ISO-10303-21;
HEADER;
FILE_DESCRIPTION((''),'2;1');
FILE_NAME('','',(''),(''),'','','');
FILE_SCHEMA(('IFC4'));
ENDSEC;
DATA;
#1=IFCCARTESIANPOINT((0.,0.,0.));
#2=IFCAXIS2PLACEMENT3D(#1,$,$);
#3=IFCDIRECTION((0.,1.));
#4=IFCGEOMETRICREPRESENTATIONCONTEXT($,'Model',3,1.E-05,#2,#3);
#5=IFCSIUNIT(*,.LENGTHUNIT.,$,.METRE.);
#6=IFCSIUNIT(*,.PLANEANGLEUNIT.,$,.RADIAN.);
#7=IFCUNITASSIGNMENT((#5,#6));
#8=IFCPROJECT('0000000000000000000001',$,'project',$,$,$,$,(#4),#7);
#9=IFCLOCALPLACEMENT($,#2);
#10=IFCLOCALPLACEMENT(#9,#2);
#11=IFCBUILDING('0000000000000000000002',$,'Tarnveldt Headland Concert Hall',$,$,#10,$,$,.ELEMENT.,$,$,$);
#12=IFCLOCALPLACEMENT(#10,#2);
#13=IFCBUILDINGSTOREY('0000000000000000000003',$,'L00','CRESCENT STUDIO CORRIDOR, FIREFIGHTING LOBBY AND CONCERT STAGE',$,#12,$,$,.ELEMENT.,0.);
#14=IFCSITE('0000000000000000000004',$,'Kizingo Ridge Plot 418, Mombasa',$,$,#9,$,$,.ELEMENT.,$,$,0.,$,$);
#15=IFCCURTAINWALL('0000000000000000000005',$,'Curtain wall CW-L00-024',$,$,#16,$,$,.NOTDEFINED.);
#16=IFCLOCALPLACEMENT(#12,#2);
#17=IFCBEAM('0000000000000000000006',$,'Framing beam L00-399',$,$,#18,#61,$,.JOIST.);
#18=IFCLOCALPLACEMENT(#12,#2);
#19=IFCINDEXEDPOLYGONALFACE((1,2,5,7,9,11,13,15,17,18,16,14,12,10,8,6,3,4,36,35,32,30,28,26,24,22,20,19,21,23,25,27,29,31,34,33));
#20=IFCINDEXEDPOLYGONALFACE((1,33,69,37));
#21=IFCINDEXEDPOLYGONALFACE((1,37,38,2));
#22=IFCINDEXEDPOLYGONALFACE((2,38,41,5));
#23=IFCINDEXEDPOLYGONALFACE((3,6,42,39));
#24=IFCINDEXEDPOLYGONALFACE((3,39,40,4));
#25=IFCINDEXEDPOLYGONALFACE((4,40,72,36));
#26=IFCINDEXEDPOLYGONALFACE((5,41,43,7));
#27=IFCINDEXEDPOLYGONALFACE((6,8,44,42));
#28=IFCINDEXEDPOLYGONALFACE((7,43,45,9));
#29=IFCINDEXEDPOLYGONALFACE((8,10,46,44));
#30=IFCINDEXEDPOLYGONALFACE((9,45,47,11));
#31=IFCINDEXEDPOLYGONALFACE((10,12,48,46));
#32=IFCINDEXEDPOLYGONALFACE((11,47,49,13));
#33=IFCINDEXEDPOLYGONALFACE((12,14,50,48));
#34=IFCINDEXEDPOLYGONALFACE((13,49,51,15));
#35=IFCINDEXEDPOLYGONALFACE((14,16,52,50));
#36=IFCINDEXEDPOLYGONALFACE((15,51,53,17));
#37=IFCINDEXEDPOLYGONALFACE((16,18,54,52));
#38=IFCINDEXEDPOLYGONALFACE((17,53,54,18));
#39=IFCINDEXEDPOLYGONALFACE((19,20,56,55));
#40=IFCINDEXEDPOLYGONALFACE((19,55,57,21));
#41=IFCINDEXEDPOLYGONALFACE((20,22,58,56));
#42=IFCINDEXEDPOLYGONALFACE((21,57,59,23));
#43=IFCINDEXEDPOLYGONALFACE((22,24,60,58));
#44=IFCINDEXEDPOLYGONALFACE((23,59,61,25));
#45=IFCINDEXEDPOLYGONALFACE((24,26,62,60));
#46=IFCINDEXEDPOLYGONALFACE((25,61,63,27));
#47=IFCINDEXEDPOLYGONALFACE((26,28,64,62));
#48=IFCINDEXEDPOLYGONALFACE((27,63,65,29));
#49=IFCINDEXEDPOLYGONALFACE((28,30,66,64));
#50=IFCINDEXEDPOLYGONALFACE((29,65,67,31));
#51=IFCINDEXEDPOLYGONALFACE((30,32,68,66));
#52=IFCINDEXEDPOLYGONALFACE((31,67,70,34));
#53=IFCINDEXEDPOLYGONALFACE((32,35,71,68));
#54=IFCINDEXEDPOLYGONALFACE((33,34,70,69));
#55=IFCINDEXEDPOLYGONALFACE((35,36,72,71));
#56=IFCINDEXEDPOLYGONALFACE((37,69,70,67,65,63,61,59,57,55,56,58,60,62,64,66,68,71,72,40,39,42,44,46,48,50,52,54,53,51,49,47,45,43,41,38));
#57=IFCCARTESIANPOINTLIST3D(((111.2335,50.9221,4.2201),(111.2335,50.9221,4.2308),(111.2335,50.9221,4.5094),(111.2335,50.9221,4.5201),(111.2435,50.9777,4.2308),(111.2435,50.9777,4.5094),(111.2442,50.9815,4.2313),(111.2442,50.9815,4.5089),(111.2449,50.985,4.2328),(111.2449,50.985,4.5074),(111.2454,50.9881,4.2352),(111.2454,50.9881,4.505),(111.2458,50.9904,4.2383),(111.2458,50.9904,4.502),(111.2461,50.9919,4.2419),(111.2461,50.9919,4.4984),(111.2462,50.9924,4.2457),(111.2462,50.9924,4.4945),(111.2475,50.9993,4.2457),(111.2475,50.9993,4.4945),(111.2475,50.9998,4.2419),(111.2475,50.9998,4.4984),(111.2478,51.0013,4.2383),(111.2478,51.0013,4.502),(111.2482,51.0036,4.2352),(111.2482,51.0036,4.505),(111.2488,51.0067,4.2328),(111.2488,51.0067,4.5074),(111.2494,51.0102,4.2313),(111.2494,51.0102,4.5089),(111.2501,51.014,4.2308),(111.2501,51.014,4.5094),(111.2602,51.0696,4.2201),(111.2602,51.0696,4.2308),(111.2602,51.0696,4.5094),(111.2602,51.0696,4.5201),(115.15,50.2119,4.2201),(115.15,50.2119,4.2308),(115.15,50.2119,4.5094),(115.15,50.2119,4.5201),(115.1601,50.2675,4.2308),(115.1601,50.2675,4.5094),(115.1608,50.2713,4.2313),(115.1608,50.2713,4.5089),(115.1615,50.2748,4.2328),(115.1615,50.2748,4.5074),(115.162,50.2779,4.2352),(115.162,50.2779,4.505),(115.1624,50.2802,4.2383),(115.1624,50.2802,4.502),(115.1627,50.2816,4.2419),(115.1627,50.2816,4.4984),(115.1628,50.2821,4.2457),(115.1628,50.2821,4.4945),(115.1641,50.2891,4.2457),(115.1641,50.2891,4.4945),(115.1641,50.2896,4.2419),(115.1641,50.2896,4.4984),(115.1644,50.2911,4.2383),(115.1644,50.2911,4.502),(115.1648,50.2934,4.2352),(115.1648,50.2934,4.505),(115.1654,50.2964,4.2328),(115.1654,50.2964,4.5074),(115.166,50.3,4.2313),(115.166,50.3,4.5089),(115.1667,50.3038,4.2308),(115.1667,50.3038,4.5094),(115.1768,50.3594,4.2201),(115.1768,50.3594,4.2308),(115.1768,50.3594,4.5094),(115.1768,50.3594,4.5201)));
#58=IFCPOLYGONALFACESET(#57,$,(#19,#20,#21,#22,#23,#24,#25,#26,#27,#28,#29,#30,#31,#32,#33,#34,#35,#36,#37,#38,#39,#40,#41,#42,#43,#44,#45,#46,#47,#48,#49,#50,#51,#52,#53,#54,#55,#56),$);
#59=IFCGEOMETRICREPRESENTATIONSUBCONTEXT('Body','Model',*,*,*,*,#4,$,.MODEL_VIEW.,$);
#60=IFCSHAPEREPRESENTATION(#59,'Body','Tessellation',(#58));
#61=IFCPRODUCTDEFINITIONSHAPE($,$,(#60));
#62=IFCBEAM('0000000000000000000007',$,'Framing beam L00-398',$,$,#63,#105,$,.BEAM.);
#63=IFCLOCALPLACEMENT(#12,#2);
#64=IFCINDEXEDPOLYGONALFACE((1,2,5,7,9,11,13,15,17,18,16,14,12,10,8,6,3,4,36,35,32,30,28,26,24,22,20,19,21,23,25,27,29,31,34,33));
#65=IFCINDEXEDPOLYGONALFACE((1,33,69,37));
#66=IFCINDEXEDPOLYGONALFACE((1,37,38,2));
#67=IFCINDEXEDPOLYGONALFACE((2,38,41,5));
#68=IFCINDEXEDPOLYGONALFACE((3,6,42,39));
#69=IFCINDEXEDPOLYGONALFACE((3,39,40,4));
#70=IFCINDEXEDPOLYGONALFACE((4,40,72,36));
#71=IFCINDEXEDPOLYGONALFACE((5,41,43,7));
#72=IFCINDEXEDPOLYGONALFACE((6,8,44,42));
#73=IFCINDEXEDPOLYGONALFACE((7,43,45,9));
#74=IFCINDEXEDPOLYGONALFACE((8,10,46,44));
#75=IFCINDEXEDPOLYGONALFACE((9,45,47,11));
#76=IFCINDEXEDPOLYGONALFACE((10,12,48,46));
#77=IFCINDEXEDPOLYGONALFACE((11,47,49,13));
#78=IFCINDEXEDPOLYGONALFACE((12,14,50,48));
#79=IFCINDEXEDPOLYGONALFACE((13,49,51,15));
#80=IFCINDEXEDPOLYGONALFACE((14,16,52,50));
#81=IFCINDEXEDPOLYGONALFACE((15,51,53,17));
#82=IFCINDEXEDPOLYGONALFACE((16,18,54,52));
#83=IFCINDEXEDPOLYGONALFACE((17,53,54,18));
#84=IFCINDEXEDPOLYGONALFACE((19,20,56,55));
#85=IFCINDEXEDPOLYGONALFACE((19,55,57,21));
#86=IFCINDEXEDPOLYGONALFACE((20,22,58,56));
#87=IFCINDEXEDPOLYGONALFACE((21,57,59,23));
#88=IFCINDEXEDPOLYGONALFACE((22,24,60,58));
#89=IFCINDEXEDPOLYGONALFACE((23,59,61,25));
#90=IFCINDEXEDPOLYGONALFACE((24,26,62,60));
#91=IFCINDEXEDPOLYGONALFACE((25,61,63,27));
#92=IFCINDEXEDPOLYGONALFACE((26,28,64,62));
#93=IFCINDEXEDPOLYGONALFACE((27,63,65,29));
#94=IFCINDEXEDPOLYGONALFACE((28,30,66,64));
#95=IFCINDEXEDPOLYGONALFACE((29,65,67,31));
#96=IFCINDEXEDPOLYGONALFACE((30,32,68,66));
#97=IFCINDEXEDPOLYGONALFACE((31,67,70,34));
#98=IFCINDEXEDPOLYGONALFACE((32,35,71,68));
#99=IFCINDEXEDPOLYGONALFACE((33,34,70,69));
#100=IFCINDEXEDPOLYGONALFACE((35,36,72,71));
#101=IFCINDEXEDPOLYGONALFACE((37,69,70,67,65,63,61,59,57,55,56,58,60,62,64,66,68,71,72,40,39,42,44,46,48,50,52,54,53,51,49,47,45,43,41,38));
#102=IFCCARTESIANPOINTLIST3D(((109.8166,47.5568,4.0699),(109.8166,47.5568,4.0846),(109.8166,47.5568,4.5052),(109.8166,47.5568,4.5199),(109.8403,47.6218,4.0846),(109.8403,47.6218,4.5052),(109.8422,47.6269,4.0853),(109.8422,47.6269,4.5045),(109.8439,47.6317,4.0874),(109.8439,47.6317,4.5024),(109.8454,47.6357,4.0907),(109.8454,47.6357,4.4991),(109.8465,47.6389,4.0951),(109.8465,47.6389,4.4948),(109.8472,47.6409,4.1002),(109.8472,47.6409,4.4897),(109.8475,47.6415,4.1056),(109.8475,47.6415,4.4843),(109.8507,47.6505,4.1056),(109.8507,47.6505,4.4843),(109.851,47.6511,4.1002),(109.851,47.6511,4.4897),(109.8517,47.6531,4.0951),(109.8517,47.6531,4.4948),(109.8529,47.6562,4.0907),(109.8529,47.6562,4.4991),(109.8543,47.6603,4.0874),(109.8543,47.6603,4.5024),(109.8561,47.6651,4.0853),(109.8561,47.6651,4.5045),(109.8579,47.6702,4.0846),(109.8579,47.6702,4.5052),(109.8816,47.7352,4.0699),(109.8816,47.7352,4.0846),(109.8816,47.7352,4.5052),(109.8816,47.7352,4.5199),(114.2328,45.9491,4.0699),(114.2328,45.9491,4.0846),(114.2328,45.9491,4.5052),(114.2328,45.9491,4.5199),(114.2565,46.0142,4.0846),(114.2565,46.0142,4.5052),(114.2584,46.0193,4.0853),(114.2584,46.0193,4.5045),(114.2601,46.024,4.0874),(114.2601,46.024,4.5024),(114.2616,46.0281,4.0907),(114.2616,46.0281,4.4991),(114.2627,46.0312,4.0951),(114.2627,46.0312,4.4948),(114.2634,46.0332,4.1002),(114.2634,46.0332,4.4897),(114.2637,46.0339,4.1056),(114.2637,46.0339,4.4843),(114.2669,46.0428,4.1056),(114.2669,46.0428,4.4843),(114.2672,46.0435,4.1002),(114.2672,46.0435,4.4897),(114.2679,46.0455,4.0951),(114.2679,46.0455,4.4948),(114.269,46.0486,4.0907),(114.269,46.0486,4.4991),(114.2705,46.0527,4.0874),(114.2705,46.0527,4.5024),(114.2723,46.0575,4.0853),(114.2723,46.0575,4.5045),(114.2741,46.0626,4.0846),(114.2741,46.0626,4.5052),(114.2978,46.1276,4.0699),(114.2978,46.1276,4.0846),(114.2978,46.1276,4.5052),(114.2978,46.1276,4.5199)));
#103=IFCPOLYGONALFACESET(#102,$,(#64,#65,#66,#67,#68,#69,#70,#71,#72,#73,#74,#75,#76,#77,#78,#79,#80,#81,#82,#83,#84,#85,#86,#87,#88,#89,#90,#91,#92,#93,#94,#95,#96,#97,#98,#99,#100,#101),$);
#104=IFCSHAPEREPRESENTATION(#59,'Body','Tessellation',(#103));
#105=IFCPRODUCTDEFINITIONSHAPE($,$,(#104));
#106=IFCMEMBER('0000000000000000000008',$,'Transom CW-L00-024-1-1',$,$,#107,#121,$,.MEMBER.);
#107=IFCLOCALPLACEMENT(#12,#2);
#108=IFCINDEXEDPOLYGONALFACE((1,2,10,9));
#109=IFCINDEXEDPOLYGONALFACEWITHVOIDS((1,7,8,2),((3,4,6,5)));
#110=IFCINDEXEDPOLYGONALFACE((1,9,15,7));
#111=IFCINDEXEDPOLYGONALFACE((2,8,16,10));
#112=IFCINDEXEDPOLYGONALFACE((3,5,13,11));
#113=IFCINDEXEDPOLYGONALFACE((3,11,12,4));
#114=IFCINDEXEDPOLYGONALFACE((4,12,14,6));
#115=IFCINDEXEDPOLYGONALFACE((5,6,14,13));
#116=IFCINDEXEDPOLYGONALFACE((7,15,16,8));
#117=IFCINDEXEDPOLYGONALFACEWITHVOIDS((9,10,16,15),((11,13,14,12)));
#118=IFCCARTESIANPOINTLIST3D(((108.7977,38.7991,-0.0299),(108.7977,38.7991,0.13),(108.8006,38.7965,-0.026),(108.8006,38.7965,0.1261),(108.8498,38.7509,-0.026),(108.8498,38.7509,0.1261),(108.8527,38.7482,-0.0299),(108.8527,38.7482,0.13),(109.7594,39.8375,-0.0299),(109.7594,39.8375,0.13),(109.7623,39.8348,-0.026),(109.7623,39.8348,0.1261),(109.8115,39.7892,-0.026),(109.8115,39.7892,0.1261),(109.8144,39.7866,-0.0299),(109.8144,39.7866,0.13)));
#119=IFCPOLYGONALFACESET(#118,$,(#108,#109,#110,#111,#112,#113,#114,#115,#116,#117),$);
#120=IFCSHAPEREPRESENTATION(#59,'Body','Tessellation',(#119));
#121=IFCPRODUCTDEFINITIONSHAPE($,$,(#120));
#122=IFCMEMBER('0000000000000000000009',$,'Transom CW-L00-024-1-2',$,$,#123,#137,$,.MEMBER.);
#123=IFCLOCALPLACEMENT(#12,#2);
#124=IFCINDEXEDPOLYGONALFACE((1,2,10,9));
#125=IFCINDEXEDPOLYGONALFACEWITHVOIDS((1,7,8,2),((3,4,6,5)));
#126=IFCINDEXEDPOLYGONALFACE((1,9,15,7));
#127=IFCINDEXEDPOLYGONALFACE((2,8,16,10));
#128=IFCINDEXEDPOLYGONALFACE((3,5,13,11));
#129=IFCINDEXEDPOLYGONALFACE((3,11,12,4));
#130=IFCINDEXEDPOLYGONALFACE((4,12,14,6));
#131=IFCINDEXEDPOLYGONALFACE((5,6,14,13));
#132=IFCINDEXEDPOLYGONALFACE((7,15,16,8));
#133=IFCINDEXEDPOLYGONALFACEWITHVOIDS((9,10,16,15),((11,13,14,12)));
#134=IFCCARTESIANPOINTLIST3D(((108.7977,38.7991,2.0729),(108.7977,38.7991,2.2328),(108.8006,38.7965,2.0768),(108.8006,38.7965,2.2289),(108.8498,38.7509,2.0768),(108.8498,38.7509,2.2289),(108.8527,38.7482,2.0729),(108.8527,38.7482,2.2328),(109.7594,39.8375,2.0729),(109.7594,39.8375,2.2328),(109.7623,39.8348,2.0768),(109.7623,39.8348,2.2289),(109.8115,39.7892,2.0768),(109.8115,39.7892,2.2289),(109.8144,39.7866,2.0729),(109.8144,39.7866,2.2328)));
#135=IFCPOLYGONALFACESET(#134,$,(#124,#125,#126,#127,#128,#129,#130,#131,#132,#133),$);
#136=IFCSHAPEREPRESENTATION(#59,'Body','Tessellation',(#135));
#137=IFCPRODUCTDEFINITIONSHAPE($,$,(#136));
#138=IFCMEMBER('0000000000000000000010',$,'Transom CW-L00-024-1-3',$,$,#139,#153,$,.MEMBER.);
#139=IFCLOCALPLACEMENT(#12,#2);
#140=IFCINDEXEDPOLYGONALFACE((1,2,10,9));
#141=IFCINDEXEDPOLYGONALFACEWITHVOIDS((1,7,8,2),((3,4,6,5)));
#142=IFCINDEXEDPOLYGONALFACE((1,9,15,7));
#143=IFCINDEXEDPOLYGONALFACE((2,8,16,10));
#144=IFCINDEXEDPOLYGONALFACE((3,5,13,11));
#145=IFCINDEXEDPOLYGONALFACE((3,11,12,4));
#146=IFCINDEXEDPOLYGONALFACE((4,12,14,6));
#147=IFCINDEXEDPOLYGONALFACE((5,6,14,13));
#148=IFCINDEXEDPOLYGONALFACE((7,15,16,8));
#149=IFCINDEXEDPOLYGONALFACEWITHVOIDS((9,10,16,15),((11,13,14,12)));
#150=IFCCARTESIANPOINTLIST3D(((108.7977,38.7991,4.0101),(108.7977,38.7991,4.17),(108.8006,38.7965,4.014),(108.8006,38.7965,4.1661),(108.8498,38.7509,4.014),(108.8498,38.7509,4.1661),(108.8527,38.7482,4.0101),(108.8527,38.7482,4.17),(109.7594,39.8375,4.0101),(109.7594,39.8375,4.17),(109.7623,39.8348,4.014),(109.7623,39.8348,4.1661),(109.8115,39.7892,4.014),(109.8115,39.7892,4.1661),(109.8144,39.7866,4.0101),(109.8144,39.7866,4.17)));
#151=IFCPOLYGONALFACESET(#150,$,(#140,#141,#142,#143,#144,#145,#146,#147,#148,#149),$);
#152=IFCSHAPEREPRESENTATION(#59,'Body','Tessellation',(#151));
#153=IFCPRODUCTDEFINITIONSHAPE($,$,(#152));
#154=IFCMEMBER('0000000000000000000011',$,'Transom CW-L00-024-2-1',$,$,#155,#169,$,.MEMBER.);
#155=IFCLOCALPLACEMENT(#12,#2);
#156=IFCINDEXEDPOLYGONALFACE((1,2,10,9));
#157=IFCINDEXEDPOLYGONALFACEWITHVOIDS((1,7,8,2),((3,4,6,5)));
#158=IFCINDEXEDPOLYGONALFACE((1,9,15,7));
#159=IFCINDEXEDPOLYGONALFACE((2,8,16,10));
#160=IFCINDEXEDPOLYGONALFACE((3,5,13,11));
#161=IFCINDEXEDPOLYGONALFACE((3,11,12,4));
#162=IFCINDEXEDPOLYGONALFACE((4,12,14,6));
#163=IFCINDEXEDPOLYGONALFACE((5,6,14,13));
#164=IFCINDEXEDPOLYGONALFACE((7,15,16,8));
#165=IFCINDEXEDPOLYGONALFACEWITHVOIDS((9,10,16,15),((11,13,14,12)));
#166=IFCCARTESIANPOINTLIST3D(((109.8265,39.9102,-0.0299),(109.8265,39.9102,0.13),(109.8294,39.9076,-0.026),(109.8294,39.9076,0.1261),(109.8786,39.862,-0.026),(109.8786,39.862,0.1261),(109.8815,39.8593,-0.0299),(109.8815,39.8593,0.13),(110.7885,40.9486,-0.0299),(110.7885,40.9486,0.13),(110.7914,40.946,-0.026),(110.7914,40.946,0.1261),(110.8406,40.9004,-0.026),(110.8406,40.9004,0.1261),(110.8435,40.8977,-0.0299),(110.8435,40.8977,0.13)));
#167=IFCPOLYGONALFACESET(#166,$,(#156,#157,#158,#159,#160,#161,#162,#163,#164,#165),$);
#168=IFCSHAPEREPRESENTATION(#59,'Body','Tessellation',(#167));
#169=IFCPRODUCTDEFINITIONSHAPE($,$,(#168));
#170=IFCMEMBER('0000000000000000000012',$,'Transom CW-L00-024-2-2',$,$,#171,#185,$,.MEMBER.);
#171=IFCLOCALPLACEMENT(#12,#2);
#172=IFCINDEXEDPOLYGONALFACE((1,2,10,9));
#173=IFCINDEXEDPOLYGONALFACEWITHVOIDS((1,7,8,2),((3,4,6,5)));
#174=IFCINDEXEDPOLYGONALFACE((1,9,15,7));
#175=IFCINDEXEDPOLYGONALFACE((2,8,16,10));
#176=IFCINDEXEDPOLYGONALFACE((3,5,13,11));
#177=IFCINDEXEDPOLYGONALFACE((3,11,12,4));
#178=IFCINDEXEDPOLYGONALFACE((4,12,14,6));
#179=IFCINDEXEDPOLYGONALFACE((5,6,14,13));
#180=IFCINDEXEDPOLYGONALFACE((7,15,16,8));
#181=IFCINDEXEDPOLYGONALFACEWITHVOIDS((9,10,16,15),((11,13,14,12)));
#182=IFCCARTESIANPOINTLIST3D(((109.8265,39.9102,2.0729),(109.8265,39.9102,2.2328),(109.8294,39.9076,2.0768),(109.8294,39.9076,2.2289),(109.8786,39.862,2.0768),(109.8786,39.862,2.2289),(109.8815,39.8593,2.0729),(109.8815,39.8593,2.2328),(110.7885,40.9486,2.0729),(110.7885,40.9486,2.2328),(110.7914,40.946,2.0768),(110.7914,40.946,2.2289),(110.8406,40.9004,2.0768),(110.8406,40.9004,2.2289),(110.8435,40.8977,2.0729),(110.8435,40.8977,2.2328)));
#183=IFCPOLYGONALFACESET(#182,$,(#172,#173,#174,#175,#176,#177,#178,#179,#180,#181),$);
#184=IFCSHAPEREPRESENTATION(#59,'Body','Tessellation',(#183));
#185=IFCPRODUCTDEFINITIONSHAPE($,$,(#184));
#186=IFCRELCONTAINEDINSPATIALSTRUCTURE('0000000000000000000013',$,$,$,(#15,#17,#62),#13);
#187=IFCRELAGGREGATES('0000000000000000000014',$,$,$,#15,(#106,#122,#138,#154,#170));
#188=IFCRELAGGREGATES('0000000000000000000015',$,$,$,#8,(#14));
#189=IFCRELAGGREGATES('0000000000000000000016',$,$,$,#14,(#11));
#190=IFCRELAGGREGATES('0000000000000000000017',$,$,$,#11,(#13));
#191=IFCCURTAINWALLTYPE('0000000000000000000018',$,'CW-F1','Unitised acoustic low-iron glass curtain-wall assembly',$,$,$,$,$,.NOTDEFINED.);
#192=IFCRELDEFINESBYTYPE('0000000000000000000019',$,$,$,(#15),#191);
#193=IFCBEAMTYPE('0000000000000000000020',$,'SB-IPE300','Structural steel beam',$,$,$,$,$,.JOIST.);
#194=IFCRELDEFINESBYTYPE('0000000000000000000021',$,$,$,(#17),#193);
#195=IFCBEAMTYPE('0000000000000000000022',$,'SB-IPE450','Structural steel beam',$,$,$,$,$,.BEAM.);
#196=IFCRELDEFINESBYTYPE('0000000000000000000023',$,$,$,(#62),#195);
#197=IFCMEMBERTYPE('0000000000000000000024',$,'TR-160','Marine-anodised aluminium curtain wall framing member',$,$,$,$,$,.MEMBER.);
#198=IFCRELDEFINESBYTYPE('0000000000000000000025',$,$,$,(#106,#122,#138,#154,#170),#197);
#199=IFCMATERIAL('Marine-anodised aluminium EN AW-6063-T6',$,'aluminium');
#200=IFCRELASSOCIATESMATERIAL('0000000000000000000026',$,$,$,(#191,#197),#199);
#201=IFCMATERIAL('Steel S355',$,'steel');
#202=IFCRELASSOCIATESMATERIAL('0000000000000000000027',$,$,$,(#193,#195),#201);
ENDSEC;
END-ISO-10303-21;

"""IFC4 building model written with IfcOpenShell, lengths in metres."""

from ifc_helpers import new_model, si_unit, direction, frame, origin, origin_2d, place, context, subcontext, project, spatial, hollow_rectangle, i_section, extrude, material, material_profile, profile_set, type_object, element, aggregate, save


model = new_model("IFC4")

# Units and contexts
model_context = context("Model", 3, precision=1e-05, world=origin(), true_north=direction((0.0, 1.0)))
body_context = subcontext(model_context, "Body", "Model", "MODEL_VIEW")
ifc_project = project(units=[si_unit("LENGTHUNIT", "METRE"), si_unit("PLANEANGLEUNIT", "RADIAN")], contexts=[model_context])

# Site, building, storey
site_placement = place(None, origin())
site = spatial("IfcSite", under=ifc_project, at=site_placement, Name="Kizingo Ridge Plot 418, Mombasa", CompositionType="ELEMENT", RefElevation=0.0)
building_placement = place(site_placement, origin())
building = spatial("IfcBuilding", under=site, at=building_placement, Name="Tarnveldt Headland Concert Hall", CompositionType="ELEMENT")
storey_placement = place(building_placement, origin())
storey = spatial("IfcBuildingStorey", under=building, at=storey_placement, Name="L00", Description="CRESCENT STUDIO CORRIDOR, FIREFIGHTING LOBBY AND CONCERT STAGE", CompositionType="ELEMENT", Elevation=0.0)

# Curtain wall
ifc_material_1 = material(Name="Marine-anodised aluminium EN AW-6063-T6", Category="aluminium")
curtain_wall_type = type_object("IfcCurtainWallType", Name="CW-F1", Description="Unitised acoustic low-iron glass curtain-wall assembly", PredefinedType="NOTDEFINED", material=ifc_material_1)
curtain_wall_placement = place(storey_placement, origin())
curtain_wall = element("IfcCurtainWall", 1, at=curtain_wall_placement, inside=storey, type_object=curtain_wall_type, Name="Curtain wall CW-L00-024", PredefinedType="NOTDEFINED")

# Beams
ifc_material_2 = material(Name="Steel S355", Category="steel")
ifc_material_profile_1 = material_profile(ifc_material_2, i_section(OverallWidth=0.1499, OverallDepth=0.3, WebThickness=0.0071, FlangeThickness=0.0107, FilletRadius=0.0149, at=origin_2d()), Name="IPE300", Category="steel")
ifc_profile_set_1 = profile_set([ifc_material_profile_1], Name="Steel S355")
beam_type_1 = type_object("IfcBeamType", Name="SB-IPE300", Description="Structural steel beam", PredefinedType="JOIST", material=ifc_profile_set_1)
beam_1_placement = place(storey_placement, frame((111.2468, 50.9958, 4.3701), z_axis=(0.983953, -0.178427, 0.0), x_axis=(0.178427, 0.983953, 0.0)))
element("IfcBeam", 2, at=beam_1_placement, inside=storey, type_object=beam_type_1, Name="Framing beam L00-399", PredefinedType="JOIST", context=body_context, shape_type="SweptSolid", body=[
    extrude(i_section(OverallWidth=0.1499, OverallDepth=0.3, WebThickness=0.0071, FlangeThickness=0.0107, FilletRadius=0.0149, at=origin_2d()), origin(), (0.0, 0.0, 1.0), 3.9805),
])
ifc_material_profile_2 = material_profile(ifc_material_2, i_section(OverallWidth=0.1899, OverallDepth=0.45, WebThickness=0.0095, FlangeThickness=0.0146, FilletRadius=0.021, at=origin_2d()), Name="IPE450", Category="steel")
ifc_profile_set_2 = profile_set([ifc_material_profile_2], Name="Steel S355")
beam_type_2 = type_object("IfcBeamType", Name="SB-IPE450", Description="Structural steel beam", PredefinedType="BEAM", material=ifc_profile_set_2)
beam_2_placement = place(storey_placement, frame((109.8491, 47.646, 4.2949), z_axis=(0.939674, -0.342073, 0.0), x_axis=(0.342073, 0.939674, 0.0)))
element("IfcBeam", 3, at=beam_2_placement, inside=storey, type_object=beam_type_2, Name="Framing beam L00-398", PredefinedType="BEAM", context=body_context, shape_type="SweptSolid", body=[
    extrude(i_section(OverallWidth=0.1899, OverallDepth=0.45, WebThickness=0.0095, FlangeThickness=0.0146, FilletRadius=0.021, at=origin_2d()), origin(), (0.0, 0.0, 1.0), 4.6997),
])

# Members
ifc_material_profile_3 = material_profile(ifc_material_1, hollow_rectangle(XDim=0.075, YDim=0.1599, WallThickness=0.0039, at=origin_2d()), Name="ALU TRANSOM 75x160x4", Category="aluminium")
ifc_profile_set_3 = profile_set([ifc_material_profile_3], Name="Marine-anodised aluminium EN AW-6063-T6")
member_type_1 = type_object("IfcMemberType", Name="TR-160", Description="Marine-anodised aluminium curtain wall framing member", PredefinedType="MEMBER", material=ifc_profile_set_3)
member_1_placement = place(storey_placement, frame((108.8252, 38.7737, 0.05), z_axis=(0.679504, 0.733671, 0.0), x_axis=(-0.733671, 0.679504, 0.0)))
member_1 = element("IfcMember", 4, at=member_1_placement, type_object=member_type_1, Name="Transom CW-L00-024-1-1", PredefinedType="MEMBER", context=body_context, shape_type="SweptSolid", body=[
    extrude(hollow_rectangle(XDim=0.075, YDim=0.1599, WallThickness=0.0039, at=origin_2d()), origin(), (0.0, 0.0, 1.0), 1.4153),
])
member_2_placement = place(storey_placement, frame((108.8252, 38.7737, 2.1528), z_axis=(0.679504, 0.733671, 0.0), x_axis=(-0.733671, 0.679504, 0.0)))
member_2 = element("IfcMember", 5, at=member_2_placement, type_object=member_type_1, Name="Transom CW-L00-024-1-2", PredefinedType="MEMBER", context=body_context, shape_type="SweptSolid", body=[
    extrude(hollow_rectangle(XDim=0.075, YDim=0.1599, WallThickness=0.0039, at=origin_2d()), origin(), (0.0, 0.0, 1.0), 1.4153),
])
member_3_placement = place(storey_placement, frame((108.8252, 38.7737, 4.0901), z_axis=(0.679504, 0.733671, 0.0), x_axis=(-0.733671, 0.679504, 0.0)))
member_3 = element("IfcMember", 6, at=member_3_placement, type_object=member_type_1, Name="Transom CW-L00-024-1-3", PredefinedType="MEMBER", context=body_context, shape_type="SweptSolid", body=[
    extrude(hollow_rectangle(XDim=0.075, YDim=0.1599, WallThickness=0.0039, at=origin_2d()), origin(), (0.0, 0.0, 1.0), 1.4153),
])
member_4_placement = place(storey_placement, frame((109.854, 39.8848, 0.05), z_axis=(0.679597, 0.733585, 0.0), x_axis=(-0.733585, 0.679597, 0.0)))
member_4 = element("IfcMember", 7, at=member_4_placement, type_object=member_type_1, Name="Transom CW-L00-024-2-1", PredefinedType="MEMBER", context=body_context, shape_type="SweptSolid", body=[
    extrude(hollow_rectangle(XDim=0.075, YDim=0.1599, WallThickness=0.0039, at=origin_2d()), origin(), (0.0, 0.0, 1.0), 1.4155),
])
member_5_placement = place(storey_placement, frame((109.854, 39.8848, 2.1528), z_axis=(0.679597, 0.733585, 0.0), x_axis=(-0.733585, 0.679597, 0.0)))
member_5 = element("IfcMember", 8, at=member_5_placement, type_object=member_type_1, Name="Transom CW-L00-024-2-2", PredefinedType="MEMBER", context=body_context, shape_type="SweptSolid", body=[
    extrude(hollow_rectangle(XDim=0.075, YDim=0.1599, WallThickness=0.0039, at=origin_2d()), origin(), (0.0, 0.0, 1.0), 1.4155),
])

aggregate(curtain_wall, [member_1, member_2, member_3, member_4, member_5])

save(model, "model.ifc")
